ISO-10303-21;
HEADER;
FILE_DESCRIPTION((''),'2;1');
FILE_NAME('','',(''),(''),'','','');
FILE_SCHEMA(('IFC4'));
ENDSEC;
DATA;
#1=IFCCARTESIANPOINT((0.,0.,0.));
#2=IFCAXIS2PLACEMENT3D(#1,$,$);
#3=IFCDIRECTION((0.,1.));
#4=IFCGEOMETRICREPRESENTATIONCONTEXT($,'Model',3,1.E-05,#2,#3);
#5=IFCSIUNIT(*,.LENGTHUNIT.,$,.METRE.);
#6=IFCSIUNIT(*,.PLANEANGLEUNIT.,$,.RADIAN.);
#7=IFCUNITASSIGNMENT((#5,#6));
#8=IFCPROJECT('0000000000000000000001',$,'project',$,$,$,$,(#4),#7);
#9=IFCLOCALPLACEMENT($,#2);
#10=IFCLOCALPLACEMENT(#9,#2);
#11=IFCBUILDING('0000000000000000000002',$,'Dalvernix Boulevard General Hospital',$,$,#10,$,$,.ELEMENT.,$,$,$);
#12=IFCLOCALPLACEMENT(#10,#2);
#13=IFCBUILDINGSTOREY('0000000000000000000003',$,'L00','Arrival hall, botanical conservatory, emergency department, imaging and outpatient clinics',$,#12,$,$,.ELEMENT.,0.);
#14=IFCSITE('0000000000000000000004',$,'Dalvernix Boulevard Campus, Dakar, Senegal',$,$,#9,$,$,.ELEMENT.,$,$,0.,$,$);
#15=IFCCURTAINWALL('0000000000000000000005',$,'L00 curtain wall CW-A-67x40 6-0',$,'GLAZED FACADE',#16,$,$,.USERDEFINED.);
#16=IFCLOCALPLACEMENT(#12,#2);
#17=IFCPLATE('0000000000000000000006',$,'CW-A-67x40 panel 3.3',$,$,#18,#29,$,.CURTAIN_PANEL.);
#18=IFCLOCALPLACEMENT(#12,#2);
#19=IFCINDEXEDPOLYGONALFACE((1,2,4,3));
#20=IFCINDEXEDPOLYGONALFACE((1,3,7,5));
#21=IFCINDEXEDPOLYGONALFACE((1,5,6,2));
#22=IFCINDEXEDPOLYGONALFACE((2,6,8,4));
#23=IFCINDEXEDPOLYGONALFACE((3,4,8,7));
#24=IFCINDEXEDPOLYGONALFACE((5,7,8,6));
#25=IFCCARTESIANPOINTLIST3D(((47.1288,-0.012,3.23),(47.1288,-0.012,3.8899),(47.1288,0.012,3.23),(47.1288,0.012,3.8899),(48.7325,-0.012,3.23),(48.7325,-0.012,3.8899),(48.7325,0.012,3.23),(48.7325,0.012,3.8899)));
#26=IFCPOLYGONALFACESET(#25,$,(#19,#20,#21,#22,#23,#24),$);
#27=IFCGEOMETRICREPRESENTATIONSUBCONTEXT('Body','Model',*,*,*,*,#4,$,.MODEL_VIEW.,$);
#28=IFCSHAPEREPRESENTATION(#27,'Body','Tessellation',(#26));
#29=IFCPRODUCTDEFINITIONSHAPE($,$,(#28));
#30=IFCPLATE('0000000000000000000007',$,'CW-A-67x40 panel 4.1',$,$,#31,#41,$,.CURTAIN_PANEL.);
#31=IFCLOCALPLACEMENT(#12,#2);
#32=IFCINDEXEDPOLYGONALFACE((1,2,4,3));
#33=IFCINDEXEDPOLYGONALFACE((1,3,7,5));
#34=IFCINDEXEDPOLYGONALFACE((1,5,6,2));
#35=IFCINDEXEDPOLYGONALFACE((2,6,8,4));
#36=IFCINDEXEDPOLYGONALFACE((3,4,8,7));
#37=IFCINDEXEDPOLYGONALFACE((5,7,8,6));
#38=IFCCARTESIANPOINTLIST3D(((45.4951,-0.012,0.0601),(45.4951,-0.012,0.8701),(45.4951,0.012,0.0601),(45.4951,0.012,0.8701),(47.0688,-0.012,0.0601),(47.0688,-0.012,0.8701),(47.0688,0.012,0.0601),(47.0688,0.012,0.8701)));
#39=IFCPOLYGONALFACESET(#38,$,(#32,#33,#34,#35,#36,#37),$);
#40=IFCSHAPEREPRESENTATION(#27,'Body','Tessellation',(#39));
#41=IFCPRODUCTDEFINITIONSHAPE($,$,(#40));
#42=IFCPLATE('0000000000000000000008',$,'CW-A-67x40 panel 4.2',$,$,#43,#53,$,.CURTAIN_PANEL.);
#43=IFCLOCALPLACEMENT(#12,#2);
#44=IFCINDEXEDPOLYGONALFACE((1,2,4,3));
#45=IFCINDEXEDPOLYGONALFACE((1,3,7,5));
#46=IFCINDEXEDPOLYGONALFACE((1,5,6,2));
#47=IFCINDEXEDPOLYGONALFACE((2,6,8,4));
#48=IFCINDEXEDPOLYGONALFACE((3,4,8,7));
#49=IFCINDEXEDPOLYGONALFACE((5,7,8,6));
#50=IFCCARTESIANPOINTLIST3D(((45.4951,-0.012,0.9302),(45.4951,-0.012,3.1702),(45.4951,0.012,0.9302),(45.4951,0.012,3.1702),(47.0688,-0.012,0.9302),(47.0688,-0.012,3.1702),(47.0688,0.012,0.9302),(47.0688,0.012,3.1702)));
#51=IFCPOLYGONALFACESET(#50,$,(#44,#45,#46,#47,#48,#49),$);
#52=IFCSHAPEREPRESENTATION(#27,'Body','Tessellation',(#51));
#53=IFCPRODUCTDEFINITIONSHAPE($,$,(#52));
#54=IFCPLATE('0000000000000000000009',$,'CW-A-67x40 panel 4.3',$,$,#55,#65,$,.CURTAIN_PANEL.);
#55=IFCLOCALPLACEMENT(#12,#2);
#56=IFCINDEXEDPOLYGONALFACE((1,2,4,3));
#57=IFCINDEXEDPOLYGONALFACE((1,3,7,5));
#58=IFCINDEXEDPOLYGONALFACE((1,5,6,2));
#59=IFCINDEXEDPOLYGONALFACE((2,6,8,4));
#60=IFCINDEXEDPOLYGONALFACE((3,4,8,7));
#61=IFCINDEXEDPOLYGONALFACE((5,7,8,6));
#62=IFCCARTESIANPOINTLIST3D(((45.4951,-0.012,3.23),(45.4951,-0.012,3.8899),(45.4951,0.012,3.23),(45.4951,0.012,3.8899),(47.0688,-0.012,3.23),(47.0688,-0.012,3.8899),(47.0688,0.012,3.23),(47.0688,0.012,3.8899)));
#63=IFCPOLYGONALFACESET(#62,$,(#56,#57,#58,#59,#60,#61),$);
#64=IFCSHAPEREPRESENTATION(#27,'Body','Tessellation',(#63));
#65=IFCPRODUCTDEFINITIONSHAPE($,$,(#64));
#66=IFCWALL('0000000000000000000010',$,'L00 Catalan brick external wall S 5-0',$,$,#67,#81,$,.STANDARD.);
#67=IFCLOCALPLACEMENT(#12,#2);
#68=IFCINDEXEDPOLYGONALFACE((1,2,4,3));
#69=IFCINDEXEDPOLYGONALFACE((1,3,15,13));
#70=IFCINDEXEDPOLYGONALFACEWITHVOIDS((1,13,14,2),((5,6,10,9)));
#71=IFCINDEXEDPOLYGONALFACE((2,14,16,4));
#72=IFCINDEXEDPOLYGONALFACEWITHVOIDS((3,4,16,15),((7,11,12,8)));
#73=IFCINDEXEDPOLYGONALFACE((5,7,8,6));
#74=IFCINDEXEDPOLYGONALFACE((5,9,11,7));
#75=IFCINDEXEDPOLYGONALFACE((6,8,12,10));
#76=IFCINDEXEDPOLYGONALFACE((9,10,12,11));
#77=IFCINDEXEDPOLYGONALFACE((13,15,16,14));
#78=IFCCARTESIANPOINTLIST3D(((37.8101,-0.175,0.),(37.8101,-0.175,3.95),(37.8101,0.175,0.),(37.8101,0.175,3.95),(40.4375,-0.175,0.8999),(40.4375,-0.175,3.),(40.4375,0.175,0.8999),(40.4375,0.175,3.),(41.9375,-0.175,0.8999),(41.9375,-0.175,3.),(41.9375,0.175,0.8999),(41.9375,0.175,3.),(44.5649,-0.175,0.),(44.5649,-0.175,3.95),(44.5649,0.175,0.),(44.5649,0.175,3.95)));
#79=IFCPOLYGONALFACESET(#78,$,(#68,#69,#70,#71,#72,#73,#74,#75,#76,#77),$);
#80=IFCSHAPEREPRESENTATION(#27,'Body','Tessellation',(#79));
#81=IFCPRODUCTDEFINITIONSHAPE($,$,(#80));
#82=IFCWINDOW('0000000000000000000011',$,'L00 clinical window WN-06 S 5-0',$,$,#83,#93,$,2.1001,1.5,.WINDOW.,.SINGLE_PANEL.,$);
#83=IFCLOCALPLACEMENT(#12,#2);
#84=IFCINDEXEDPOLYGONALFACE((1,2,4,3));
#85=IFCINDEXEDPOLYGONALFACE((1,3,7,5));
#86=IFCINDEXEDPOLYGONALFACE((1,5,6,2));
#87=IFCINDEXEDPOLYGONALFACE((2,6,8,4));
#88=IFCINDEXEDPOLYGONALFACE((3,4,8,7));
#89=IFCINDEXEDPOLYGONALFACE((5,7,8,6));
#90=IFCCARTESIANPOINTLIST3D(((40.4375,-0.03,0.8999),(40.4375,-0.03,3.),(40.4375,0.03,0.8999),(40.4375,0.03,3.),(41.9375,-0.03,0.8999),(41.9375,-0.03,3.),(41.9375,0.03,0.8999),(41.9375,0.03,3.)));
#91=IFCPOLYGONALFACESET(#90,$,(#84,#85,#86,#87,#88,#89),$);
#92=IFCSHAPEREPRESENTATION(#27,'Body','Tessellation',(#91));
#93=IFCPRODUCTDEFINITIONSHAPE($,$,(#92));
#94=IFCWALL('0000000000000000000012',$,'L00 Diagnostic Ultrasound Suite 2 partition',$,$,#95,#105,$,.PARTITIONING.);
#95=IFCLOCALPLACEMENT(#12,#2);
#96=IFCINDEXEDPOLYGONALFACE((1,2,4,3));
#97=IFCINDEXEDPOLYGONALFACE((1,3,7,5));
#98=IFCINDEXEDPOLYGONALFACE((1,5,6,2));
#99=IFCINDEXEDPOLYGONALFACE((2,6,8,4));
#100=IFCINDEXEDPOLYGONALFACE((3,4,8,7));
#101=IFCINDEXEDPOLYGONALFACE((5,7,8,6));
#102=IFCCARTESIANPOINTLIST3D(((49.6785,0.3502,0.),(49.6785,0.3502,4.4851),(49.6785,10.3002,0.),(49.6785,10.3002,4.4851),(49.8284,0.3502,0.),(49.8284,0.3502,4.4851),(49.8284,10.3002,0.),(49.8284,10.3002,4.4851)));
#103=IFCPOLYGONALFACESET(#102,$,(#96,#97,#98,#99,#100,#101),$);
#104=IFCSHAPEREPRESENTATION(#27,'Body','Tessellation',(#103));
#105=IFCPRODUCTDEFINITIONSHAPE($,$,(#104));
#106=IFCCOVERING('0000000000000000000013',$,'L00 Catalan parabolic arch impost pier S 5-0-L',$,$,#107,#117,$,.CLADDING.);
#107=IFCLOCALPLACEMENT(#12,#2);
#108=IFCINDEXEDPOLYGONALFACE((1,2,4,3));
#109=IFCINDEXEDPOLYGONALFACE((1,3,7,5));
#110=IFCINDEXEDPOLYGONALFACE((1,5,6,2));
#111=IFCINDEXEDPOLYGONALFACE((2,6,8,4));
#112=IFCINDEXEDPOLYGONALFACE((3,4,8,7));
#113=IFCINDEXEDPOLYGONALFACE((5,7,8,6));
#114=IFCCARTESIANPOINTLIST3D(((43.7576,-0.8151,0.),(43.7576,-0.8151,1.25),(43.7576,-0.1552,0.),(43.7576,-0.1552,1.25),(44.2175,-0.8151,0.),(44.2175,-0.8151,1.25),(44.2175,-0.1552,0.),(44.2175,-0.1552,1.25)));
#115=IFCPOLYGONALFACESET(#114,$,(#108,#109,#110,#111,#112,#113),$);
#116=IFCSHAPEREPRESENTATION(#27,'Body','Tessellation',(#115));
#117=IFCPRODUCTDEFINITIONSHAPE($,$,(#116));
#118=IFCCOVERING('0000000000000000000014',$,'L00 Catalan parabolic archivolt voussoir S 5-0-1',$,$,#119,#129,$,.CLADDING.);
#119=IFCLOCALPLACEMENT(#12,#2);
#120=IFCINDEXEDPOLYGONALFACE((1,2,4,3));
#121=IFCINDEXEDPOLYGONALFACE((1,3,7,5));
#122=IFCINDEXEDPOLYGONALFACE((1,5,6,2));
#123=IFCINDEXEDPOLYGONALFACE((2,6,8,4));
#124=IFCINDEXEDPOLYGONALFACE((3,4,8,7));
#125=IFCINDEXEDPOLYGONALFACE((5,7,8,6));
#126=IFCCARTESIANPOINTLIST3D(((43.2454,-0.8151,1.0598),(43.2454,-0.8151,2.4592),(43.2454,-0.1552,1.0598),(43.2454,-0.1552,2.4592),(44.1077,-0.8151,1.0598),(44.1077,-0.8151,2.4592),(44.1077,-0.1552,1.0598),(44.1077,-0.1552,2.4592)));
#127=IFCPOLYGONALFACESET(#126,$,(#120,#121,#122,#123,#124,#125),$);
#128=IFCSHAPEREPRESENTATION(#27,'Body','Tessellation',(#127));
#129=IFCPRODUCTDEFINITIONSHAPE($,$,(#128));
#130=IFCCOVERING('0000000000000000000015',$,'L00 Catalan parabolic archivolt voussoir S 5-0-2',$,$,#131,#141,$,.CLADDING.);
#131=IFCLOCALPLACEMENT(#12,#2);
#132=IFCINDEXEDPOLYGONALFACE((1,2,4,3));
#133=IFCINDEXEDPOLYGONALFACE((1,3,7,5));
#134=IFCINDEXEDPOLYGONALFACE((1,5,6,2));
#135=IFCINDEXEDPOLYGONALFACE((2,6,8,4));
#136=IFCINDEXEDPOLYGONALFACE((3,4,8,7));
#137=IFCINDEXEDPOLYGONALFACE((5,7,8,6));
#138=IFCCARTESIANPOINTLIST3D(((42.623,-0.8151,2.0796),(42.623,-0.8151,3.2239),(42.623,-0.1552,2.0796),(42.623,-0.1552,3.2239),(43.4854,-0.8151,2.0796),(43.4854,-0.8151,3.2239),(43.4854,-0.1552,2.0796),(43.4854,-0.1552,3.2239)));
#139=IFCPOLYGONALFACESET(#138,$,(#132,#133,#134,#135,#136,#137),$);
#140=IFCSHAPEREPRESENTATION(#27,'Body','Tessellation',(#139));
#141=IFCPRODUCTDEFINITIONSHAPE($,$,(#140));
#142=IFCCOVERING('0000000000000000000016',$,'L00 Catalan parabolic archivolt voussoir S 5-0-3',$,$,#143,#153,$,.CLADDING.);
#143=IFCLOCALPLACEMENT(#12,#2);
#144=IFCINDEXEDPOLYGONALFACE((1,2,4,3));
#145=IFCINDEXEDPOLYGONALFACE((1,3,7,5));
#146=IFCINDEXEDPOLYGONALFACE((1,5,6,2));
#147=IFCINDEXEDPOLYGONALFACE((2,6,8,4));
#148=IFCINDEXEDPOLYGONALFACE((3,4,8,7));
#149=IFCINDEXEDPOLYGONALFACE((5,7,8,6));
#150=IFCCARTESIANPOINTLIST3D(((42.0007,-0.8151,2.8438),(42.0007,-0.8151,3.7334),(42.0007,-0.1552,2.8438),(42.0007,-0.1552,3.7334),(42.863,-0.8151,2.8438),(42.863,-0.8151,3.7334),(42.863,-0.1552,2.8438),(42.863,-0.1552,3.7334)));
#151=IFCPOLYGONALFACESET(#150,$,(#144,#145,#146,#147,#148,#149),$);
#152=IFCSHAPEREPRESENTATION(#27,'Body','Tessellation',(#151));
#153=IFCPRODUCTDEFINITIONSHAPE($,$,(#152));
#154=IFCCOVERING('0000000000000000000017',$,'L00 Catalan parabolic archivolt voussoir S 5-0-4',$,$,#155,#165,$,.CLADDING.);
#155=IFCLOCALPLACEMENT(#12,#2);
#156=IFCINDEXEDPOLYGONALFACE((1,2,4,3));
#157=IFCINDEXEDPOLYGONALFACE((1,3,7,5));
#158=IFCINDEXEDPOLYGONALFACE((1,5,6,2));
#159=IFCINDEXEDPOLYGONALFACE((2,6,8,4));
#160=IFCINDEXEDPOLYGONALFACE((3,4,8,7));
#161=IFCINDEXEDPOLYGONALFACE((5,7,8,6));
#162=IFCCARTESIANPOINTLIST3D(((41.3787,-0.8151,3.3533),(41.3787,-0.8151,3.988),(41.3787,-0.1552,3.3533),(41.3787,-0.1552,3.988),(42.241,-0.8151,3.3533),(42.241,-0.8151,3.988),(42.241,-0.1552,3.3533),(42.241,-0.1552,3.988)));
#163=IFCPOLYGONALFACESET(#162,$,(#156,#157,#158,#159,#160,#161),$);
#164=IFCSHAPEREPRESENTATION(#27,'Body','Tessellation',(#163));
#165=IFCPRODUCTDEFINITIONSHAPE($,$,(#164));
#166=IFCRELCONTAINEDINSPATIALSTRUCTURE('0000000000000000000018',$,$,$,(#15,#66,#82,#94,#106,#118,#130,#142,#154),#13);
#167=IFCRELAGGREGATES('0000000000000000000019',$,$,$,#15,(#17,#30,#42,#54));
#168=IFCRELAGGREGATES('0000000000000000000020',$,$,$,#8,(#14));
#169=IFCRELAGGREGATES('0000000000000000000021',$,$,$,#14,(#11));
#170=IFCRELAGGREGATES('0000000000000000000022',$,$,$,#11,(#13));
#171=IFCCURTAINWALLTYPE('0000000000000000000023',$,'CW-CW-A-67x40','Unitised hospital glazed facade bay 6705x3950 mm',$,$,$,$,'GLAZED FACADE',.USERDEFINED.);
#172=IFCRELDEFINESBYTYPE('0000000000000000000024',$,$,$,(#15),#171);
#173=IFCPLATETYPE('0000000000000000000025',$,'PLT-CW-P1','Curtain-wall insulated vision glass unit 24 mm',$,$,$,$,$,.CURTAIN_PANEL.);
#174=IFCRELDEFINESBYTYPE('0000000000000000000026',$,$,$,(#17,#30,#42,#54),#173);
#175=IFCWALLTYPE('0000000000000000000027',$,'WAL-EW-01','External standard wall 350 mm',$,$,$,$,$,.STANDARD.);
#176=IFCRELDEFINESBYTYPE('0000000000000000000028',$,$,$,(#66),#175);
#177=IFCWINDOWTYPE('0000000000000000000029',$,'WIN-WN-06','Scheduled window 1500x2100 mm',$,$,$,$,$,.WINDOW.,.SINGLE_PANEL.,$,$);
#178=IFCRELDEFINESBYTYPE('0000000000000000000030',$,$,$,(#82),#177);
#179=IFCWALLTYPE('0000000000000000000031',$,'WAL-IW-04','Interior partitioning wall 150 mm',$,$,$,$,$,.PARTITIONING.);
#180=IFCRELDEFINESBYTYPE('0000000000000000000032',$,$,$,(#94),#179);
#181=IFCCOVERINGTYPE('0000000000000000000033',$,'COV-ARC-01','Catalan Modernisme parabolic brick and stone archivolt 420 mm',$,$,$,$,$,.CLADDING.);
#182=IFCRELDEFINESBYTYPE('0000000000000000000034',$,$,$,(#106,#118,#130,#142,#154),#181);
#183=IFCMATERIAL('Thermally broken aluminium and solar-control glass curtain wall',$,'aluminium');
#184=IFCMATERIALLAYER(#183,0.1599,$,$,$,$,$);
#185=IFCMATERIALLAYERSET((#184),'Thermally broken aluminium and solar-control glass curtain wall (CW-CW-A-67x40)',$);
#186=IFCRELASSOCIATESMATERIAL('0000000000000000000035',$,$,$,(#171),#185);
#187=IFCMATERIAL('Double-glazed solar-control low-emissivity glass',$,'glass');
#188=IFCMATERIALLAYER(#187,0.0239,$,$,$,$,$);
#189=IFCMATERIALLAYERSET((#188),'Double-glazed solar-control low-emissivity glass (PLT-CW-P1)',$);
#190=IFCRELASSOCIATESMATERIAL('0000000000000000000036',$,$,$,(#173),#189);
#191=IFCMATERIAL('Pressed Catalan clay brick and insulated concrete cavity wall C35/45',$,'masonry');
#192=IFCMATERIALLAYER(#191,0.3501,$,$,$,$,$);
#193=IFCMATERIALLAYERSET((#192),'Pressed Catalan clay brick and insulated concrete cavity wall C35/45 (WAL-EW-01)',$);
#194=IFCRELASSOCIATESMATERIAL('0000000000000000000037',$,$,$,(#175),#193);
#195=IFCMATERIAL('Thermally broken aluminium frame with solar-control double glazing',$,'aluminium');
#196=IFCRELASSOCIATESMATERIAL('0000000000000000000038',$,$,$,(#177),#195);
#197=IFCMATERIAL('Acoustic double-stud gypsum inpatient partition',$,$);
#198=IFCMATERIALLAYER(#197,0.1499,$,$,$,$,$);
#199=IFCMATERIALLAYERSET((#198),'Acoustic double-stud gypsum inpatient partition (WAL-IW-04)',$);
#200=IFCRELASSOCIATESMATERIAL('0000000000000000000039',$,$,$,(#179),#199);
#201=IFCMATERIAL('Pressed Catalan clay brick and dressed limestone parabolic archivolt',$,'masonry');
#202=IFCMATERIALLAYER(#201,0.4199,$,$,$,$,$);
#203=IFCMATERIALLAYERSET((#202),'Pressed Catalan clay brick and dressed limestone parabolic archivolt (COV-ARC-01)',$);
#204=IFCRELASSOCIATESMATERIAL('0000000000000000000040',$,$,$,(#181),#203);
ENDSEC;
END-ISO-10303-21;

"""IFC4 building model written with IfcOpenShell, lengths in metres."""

from ifc_helpers import new_model, si_unit, direction, frame, frame_2d, origin, origin_2d, place, context, subcontext, project, spatial, rectangle, extrude, material, layer, layer_set, type_object, element, fill, aggregate, save


model = new_model("IFC4")

# Units and contexts
model_context = context("Model", 3, precision=1e-05, world=origin(), true_north=direction((0.0, 1.0)))
body_context = subcontext(model_context, "Body", "Model", "MODEL_VIEW")
ifc_project = project(units=[si_unit("LENGTHUNIT", "METRE"), si_unit("PLANEANGLEUNIT", "RADIAN")], contexts=[model_context])

# Site, building, storey
site_placement = place(None, origin())
site = spatial("IfcSite", under=ifc_project, at=site_placement, Name="Dalvernix Boulevard Campus, Dakar, Senegal", CompositionType="ELEMENT", RefElevation=0.0)
building_placement = place(site_placement, origin())
building = spatial("IfcBuilding", under=site, at=building_placement, Name="Dalvernix Boulevard General Hospital", CompositionType="ELEMENT")
storey_placement = place(building_placement, origin())
storey = spatial("IfcBuildingStorey", under=building, at=storey_placement, Name="L00", Description="Arrival hall, botanical conservatory, emergency department, imaging and outpatient clinics", CompositionType="ELEMENT", Elevation=0.0)

# Curtain wall, plates
ifc_material_1 = material(Name="Thermally broken aluminium and solar-control glass curtain wall", Category="aluminium")
ifc_layer_1 = layer(ifc_material_1, 0.1599)
ifc_layer_set_1 = layer_set([ifc_layer_1], Name="Thermally broken aluminium and solar-control glass curtain wall (CW-CW-A-67x40)")
curtain_wall_type = type_object("IfcCurtainWallType", Name="CW-CW-A-67x40", Description="Unitised hospital glazed facade bay 6705x3950 mm", ElementType="GLAZED FACADE", PredefinedType="USERDEFINED", material=ifc_layer_set_1)
curtain_wall_placement = place(storey_placement, origin())
curtain_wall = element("IfcCurtainWall", 1, at=curtain_wall_placement, inside=storey, type_object=curtain_wall_type, Name="L00 curtain wall CW-A-67x40 6-0", ObjectType="GLAZED FACADE", PredefinedType="USERDEFINED")
ifc_material_2 = material(Name="Double-glazed solar-control low-emissivity glass", Category="glass")
ifc_layer_2 = layer(ifc_material_2, 0.0239)
ifc_layer_set_2 = layer_set([ifc_layer_2], Name="Double-glazed solar-control low-emissivity glass (PLT-CW-P1)")
plate_type = type_object("IfcPlateType", Name="PLT-CW-P1", Description="Curtain-wall insulated vision glass unit 24 mm", PredefinedType="CURTAIN_PANEL", material=ifc_layer_set_2)
plate_1_placement = place(storey_placement, frame((47.9307, 0.0, 3.23), z_axis=(0.0, 0.0, 1.0), x_axis=(-1.0, 0.0, 0.0)))
plate_1 = element("IfcPlate", 2, at=plate_1_placement, type_object=plate_type, Name="CW-A-67x40 panel 3.3", PredefinedType="CURTAIN_PANEL", context=body_context, shape_type="SweptSolid", body=[
    extrude(rectangle(XDim=1.6038, YDim=0.0239, at=origin_2d()), origin(), (0.0, 0.0, 1.0), 0.6599),
])
plate_2_placement = place(storey_placement, frame((46.282, 0.0, 0.0601), z_axis=(0.0, 0.0, 1.0), x_axis=(-1.0, 0.0, 0.0)))
plate_2 = element("IfcPlate", 3, at=plate_2_placement, type_object=plate_type, Name="CW-A-67x40 panel 4.1", PredefinedType="CURTAIN_PANEL", context=body_context, shape_type="SweptSolid", body=[
    extrude(rectangle(XDim=1.5737, YDim=0.0239, at=origin_2d()), origin(), (0.0, 0.0, 1.0), 0.8101),
])
plate_3_placement = place(storey_placement, frame((46.282, 0.0, 0.9302), z_axis=(0.0, 0.0, 1.0), x_axis=(-1.0, 0.0, 0.0)))
plate_3 = element("IfcPlate", 4, at=plate_3_placement, type_object=plate_type, Name="CW-A-67x40 panel 4.2", PredefinedType="CURTAIN_PANEL", context=body_context, shape_type="SweptSolid", body=[
    extrude(rectangle(XDim=1.5737, YDim=0.0239, at=origin_2d()), origin(), (0.0, 0.0, 1.0), 2.24),
])
plate_4_placement = place(storey_placement, frame((46.282, 0.0, 3.23), z_axis=(0.0, 0.0, 1.0), x_axis=(-1.0, 0.0, 0.0)))
plate_4 = element("IfcPlate", 5, at=plate_4_placement, type_object=plate_type, Name="CW-A-67x40 panel 4.3", PredefinedType="CURTAIN_PANEL", context=body_context, shape_type="SweptSolid", body=[
    extrude(rectangle(XDim=1.5737, YDim=0.0239, at=origin_2d()), origin(), (0.0, 0.0, 1.0), 0.6599),
])
aggregate(curtain_wall, [plate_1, plate_2, plate_3, plate_4])

# Wall, opening, window
ifc_material_3 = material(Name="Pressed Catalan clay brick and insulated concrete cavity wall C35/45", Category="masonry")
ifc_layer_3 = layer(ifc_material_3, 0.3501)
ifc_layer_set_3 = layer_set([ifc_layer_3], Name="Pressed Catalan clay brick and insulated concrete cavity wall C35/45 (WAL-EW-01)")
wall_type_1 = type_object("IfcWallType", Name="WAL-EW-01", Description="External standard wall 350 mm", PredefinedType="STANDARD", material=ifc_layer_set_3)
wall_1_placement = place(storey_placement, frame((44.5649, 0.0, 0.0), z_axis=(0.0, 0.0, 1.0), x_axis=(-1.0, 0.0, 0.0)))
wall_1 = element("IfcWall", 6, at=wall_1_placement, inside=storey, type_object=wall_type_1, Name="L00 Catalan brick external wall S 5-0", PredefinedType="STANDARD", context=body_context, shape_type="SweptSolid", body=[
    extrude(rectangle(XDim=6.7549, YDim=0.3501, at=frame_2d((3.3774, 0.0))), origin(), (0.0, 0.0, 1.0), 3.95),
])
opening_placement = place(wall_1_placement, frame((2.6274, 0.0, 0.8999)))
opening = element("IfcOpeningElement", 7, at=opening_placement, cuts=wall_1, PredefinedType="OPENING", context=body_context, shape_type="SweptSolid", body=[
    extrude(rectangle(XDim=1.5, YDim=2.1001, at=frame_2d((0.75, 1.05))), frame((0.0, 0.1851, 0.0), z_axis=(0.0, -1.0, 0.0), x_axis=(1.0, 0.0, 0.0)), (0.0, 0.0, 1.0), 0.3701),
])
ifc_material_4 = material(Name="Thermally broken aluminium frame with solar-control double glazing", Category="aluminium")
window_type = type_object("IfcWindowType", Name="WIN-WN-06", Description="Scheduled window 1500x2100 mm", PartitioningType="SINGLE_PANEL", PredefinedType="WINDOW", material=ifc_material_4)
window_placement = place(opening_placement, origin())
window = element("IfcWindow", 8, at=window_placement, inside=storey, type_object=window_type, Name="L00 clinical window WN-06 S 5-0", OverallHeight=2.1001, OverallWidth=1.5, PartitioningType="SINGLE_PANEL", PredefinedType="WINDOW", context=body_context, shape_type="SweptSolid", body=[
    extrude(rectangle(XDim=1.5, YDim=2.1001, at=frame_2d((0.75, 1.05))), frame((0.0, 0.03, 0.0), z_axis=(0.0, -1.0, 0.0), x_axis=(1.0, 0.0, 0.0)), (0.0, 0.0, 1.0), 0.0601),
])
fill(opening, window)

# Wall
ifc_material_5 = material(Name="Acoustic double-stud gypsum inpatient partition")
ifc_layer_4 = layer(ifc_material_5, 0.1499)
ifc_layer_set_4 = layer_set([ifc_layer_4], Name="Acoustic double-stud gypsum inpatient partition (WAL-IW-04)")
wall_type_2 = type_object("IfcWallType", Name="WAL-IW-04", Description="Interior partitioning wall 150 mm", PredefinedType="PARTITIONING", material=ifc_layer_set_4)
wall_2_placement = place(storey_placement, frame((49.7534, 0.3501, 0.0), z_axis=(0.0, 0.0, 1.0), x_axis=(0.0, 1.0, 0.0)))
element("IfcWall", 9, at=wall_2_placement, inside=storey, type_object=wall_type_2, Name="L00 Diagnostic Ultrasound Suite 2 partition", PredefinedType="PARTITIONING", context=body_context, shape_type="SweptSolid", body=[
    extrude(rectangle(XDim=9.95, YDim=0.1499, at=frame_2d((4.9751, 0.0))), origin(), (0.0, 0.0, 1.0), 4.4851),
])

# Coverings
ifc_material_6 = material(Name="Pressed Catalan clay brick and dressed limestone parabolic archivolt", Category="masonry")
ifc_layer_5 = layer(ifc_material_6, 0.4199)
ifc_layer_set_5 = layer_set([ifc_layer_5], Name="Pressed Catalan clay brick and dressed limestone parabolic archivolt (COV-ARC-01)")
covering_type = type_object("IfcCoveringType", Name="COV-ARC-01", Description="Catalan Modernisme parabolic brick and stone archivolt 420 mm", PredefinedType="CLADDING", material=ifc_layer_set_5)
covering_1_placement = place(storey_placement, frame((43.9875, -0.4851, 0.0), z_axis=(0.0, 0.0, 1.0), x_axis=(-1.0, 0.0, 0.0)))
element("IfcCovering", 10, at=covering_1_placement, inside=storey, type_object=covering_type, Name="L00 Catalan parabolic arch impost pier S 5-0-L", PredefinedType="CLADDING", context=body_context, shape_type="SweptSolid", body=[
    extrude(rectangle(XDim=0.46, YDim=0.6599, at=origin_2d()), origin(), (0.0, 0.0, 1.0), 1.25),
])
covering_2_placement = place(storey_placement, frame((43.6765, -0.4851, 1.0598), z_axis=(0.0, 0.0, 1.0), x_axis=(-1.0, 0.0, 0.0)))
element("IfcCovering", 11, at=covering_2_placement, inside=storey, type_object=covering_type, Name="L00 Catalan parabolic archivolt voussoir S 5-0-1", PredefinedType="CLADDING", context=body_context, shape_type="SweptSolid", body=[
    extrude(rectangle(XDim=0.8623, YDim=0.6599, at=origin_2d()), origin(), (0.0, 0.0, 1.0), 1.3994),
])
covering_3_placement = place(storey_placement, frame((43.0542, -0.4851, 2.0796), z_axis=(0.0, 0.0, 1.0), x_axis=(-1.0, 0.0, 0.0)))
element("IfcCovering", 12, at=covering_3_placement, inside=storey, type_object=covering_type, Name="L00 Catalan parabolic archivolt voussoir S 5-0-2", PredefinedType="CLADDING", context=body_context, shape_type="SweptSolid", body=[
    extrude(rectangle(XDim=0.8623, YDim=0.6599, at=origin_2d()), origin(), (0.0, 0.0, 1.0), 1.1443),
])
covering_4_placement = place(storey_placement, frame((42.4319, -0.4851, 2.8438), z_axis=(0.0, 0.0, 1.0), x_axis=(-1.0, 0.0, 0.0)))
element("IfcCovering", 13, at=covering_4_placement, inside=storey, type_object=covering_type, Name="L00 Catalan parabolic archivolt voussoir S 5-0-3", PredefinedType="CLADDING", context=body_context, shape_type="SweptSolid", body=[
    extrude(rectangle(XDim=0.8623, YDim=0.6599, at=origin_2d()), origin(), (0.0, 0.0, 1.0), 0.8896),
])
covering_5_placement = place(storey_placement, frame((41.8098, -0.4851, 3.3533), z_axis=(0.0, 0.0, 1.0), x_axis=(-1.0, 0.0, 0.0)))
element("IfcCovering", 14, at=covering_5_placement, inside=storey, type_object=covering_type, Name="L00 Catalan parabolic archivolt voussoir S 5-0-4", PredefinedType="CLADDING", context=body_context, shape_type="SweptSolid", body=[
    extrude(rectangle(XDim=0.8623, YDim=0.6599, at=origin_2d()), origin(), (0.0, 0.0, 1.0), 0.6348),
])

save(model, "model.ifc")
